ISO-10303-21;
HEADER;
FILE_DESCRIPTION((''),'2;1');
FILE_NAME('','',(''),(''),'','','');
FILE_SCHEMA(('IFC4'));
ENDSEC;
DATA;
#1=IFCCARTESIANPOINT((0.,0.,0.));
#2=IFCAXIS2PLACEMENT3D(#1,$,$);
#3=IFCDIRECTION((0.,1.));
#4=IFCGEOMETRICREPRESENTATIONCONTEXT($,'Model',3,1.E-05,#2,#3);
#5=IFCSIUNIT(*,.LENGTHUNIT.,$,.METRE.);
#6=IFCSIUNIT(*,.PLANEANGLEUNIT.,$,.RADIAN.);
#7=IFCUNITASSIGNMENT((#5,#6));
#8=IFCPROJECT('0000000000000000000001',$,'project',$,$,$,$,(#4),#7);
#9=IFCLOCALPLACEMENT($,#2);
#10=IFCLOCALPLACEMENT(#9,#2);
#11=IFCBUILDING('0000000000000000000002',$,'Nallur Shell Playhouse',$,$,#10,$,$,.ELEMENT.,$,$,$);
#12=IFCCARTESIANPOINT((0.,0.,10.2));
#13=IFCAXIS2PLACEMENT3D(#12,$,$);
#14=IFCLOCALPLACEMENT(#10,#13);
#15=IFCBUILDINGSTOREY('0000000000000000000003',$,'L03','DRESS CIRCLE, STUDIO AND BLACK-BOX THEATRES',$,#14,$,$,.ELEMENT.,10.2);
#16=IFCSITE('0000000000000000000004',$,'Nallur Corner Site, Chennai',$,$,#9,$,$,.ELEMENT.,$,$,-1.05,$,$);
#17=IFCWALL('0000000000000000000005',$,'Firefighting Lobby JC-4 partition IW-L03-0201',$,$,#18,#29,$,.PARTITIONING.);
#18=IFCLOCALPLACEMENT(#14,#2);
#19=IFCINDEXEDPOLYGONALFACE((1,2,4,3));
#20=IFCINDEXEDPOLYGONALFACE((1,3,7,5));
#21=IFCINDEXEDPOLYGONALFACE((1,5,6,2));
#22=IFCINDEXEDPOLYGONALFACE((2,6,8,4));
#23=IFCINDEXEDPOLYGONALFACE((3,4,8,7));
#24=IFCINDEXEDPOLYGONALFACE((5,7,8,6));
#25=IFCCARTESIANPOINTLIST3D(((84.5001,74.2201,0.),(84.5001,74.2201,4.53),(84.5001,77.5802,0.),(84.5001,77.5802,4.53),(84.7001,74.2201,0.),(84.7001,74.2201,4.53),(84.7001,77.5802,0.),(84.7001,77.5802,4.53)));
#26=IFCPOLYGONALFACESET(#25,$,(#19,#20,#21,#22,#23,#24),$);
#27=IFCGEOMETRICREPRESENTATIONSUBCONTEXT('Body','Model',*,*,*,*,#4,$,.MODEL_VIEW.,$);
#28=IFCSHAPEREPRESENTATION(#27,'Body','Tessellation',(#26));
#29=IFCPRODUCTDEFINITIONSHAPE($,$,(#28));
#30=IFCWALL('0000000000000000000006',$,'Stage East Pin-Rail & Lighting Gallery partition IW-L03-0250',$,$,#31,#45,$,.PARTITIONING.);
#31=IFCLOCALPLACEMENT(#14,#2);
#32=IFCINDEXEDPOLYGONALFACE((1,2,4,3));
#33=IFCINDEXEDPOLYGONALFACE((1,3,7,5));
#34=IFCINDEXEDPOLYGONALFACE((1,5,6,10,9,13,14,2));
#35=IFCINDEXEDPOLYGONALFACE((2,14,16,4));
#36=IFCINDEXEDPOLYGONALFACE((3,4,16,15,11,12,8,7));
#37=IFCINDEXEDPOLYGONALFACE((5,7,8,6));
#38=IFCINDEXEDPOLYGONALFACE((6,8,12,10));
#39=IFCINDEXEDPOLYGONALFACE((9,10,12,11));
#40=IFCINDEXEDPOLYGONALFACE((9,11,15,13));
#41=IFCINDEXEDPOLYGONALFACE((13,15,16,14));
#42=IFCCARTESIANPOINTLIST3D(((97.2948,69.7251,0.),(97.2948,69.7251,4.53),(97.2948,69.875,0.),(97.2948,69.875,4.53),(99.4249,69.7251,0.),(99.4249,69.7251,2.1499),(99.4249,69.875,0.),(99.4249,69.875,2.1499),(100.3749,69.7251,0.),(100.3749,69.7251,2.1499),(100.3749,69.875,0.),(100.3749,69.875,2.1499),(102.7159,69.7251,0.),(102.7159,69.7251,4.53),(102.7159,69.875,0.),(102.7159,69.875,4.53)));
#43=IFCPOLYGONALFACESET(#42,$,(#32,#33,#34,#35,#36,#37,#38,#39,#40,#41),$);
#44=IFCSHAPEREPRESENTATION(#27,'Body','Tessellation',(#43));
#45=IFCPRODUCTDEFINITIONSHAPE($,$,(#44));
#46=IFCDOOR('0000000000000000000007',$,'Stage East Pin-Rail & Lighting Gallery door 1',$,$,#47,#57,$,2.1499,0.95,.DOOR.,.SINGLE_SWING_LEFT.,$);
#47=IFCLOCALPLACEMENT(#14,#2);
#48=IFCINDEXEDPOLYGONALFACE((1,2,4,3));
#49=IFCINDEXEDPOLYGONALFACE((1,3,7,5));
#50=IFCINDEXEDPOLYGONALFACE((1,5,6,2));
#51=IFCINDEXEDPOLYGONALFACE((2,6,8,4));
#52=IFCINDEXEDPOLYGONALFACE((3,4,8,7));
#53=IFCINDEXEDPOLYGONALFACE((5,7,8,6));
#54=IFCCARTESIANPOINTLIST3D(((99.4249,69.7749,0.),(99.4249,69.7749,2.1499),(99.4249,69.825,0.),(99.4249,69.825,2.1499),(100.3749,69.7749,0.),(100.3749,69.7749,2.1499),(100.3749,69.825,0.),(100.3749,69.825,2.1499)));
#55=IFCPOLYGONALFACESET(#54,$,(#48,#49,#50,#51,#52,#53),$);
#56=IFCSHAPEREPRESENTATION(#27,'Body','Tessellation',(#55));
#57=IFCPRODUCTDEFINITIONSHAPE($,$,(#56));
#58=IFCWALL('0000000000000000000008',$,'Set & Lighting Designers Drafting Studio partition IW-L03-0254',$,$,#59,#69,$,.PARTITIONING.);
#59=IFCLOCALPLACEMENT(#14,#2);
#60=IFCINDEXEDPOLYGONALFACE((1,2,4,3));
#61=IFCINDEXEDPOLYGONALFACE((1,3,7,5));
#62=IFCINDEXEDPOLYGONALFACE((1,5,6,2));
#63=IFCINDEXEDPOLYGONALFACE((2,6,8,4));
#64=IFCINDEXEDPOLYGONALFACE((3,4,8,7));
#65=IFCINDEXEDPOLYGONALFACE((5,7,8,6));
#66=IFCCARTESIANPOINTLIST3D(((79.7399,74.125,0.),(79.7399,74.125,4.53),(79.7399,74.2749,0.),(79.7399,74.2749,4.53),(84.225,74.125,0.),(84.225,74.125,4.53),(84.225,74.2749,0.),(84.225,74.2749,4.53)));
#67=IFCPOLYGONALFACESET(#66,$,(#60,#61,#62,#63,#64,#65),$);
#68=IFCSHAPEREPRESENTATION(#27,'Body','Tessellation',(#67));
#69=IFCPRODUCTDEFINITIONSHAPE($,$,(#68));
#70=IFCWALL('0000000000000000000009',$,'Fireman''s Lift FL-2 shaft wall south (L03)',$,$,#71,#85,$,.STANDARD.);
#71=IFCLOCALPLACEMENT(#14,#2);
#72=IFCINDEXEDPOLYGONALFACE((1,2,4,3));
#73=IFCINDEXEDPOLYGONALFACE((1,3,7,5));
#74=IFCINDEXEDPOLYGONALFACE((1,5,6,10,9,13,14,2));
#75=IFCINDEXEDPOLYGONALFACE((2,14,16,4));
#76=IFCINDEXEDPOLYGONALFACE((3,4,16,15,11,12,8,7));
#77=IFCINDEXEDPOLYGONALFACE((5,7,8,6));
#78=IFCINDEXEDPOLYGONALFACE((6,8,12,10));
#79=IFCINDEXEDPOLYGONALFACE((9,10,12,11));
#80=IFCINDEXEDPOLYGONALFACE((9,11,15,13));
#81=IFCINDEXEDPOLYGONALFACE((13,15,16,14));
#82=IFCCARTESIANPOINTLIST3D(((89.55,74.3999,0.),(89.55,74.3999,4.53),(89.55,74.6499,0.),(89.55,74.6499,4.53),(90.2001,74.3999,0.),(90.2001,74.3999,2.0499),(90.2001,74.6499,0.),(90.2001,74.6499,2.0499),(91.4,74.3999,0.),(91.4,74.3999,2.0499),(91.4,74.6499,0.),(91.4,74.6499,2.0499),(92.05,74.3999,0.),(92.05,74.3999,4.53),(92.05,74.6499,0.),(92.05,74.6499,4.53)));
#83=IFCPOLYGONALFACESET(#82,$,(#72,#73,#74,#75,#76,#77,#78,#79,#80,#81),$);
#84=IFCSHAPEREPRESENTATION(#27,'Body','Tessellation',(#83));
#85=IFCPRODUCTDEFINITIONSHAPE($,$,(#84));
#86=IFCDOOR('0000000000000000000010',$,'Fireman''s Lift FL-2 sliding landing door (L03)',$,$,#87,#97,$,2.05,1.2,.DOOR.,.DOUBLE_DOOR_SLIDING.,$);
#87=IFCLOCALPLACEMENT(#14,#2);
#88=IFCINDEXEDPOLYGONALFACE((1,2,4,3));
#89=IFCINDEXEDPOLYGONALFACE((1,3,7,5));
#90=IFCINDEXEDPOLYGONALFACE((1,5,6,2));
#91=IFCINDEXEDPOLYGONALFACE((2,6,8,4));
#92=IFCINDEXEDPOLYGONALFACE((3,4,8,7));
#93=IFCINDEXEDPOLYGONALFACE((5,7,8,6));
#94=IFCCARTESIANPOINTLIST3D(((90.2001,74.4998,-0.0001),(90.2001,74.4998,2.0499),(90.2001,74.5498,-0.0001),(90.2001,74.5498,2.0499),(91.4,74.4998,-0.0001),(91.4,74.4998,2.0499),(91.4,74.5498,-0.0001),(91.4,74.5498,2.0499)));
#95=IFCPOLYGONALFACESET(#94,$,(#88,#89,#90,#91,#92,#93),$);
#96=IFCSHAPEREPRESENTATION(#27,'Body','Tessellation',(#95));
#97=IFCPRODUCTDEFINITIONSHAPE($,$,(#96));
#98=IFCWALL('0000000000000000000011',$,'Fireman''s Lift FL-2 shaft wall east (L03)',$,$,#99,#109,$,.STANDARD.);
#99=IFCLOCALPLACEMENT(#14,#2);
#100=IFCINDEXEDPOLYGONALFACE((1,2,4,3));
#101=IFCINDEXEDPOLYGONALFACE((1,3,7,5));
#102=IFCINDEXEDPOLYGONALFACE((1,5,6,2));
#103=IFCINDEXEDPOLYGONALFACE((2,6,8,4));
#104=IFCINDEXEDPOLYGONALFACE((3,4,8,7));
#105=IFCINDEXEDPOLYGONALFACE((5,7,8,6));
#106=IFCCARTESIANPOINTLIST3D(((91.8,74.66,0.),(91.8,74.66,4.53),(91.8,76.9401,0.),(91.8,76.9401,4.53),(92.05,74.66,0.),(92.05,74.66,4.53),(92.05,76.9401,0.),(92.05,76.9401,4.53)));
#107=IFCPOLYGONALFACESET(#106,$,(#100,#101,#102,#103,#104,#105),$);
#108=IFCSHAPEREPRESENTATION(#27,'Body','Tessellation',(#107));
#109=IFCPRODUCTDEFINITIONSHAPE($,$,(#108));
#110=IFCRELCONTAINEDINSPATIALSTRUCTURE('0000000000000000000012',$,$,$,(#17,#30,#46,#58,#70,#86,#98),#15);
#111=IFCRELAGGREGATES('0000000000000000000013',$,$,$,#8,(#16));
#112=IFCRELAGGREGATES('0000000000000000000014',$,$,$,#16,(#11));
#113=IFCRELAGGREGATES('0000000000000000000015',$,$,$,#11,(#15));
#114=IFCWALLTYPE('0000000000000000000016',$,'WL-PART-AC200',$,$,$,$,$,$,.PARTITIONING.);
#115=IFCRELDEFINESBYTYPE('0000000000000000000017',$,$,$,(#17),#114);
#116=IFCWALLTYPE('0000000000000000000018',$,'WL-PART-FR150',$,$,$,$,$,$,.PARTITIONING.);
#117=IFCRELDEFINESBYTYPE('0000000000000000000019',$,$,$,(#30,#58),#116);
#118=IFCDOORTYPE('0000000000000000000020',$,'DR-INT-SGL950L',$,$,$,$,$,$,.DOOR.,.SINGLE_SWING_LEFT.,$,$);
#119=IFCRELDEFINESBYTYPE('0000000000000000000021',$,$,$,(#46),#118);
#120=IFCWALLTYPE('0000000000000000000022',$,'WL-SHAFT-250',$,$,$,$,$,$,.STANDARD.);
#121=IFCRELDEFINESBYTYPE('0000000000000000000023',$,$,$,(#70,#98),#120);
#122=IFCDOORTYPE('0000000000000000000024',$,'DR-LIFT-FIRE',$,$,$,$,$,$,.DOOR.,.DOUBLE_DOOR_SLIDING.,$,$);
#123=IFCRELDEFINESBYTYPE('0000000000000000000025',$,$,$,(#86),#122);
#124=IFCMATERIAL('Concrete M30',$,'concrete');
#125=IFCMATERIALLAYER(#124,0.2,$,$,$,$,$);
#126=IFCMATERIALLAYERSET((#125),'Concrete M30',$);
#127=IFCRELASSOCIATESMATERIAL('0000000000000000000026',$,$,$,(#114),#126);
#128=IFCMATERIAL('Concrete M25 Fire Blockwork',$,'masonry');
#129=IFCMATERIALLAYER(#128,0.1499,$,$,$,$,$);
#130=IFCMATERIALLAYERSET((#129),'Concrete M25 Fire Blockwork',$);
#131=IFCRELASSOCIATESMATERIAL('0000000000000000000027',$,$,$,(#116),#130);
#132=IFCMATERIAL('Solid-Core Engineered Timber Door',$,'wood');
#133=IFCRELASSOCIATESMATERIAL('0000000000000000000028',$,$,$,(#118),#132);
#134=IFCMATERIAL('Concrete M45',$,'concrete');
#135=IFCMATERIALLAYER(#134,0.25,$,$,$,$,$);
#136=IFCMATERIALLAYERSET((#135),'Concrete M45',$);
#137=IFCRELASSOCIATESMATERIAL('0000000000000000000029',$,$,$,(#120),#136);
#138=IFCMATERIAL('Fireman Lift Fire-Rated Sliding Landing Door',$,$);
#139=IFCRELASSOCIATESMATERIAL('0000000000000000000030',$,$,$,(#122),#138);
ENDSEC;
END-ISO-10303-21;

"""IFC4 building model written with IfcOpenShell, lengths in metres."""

from ifc_helpers import new_model, si_unit, direction, frame, frame_2d, origin, place, context, subcontext, project, spatial, rectangle, extrude, material, layer, layer_set, type_object, element, fill, save


model = new_model("IFC4")

# Units and contexts
model_context = context("Model", 3, precision=1e-05, world=origin(), true_north=direction((0.0, 1.0)))
body_context = subcontext(model_context, "Body", "Model", "MODEL_VIEW")
ifc_project = project(units=[si_unit("LENGTHUNIT", "METRE"), si_unit("PLANEANGLEUNIT", "RADIAN")], contexts=[model_context])

# Site, building, storey
site_placement = place(None, origin())
site = spatial("IfcSite", under=ifc_project, at=site_placement, Name="Nallur Corner Site, Chennai", CompositionType="ELEMENT", RefElevation=-1.05)
building_placement = place(site_placement, origin())
building = spatial("IfcBuilding", under=site, at=building_placement, Name="Nallur Shell Playhouse", CompositionType="ELEMENT")
storey_placement = place(building_placement, frame((0.0, 0.0, 10.2)))
storey = spatial("IfcBuildingStorey", under=building, at=storey_placement, Name="L03", Description="DRESS CIRCLE, STUDIO AND BLACK-BOX THEATRES", CompositionType="ELEMENT", Elevation=10.2)

# Shared definitions
ifc_material_1 = material(Name="Concrete M30", Category="concrete")

# Shared definitions
ifc_material_2 = material(Name="Concrete M45", Category="concrete")

# Wall
ifc_layer_1 = layer(ifc_material_1, 0.2)
ifc_layer_set_1 = layer_set([ifc_layer_1], Name="Concrete M30")
wall_type_1 = type_object("IfcWallType", Name="WL-PART-AC200", PredefinedType="PARTITIONING", material=ifc_layer_set_1)
wall_1_placement = place(storey_placement, frame((84.6001, 74.22, 0.0), z_axis=(0.0, 0.0, 1.0), x_axis=(0.0, 1.0, 0.0)))
element("IfcWall", 1, at=wall_1_placement, inside=storey, type_object=wall_type_1, Name="Firefighting Lobby JC-4 partition IW-L03-0201", PredefinedType="PARTITIONING", context=body_context, shape_type="SweptSolid", body=[
    extrude(rectangle(XDim=3.3601, YDim=0.2, at=frame_2d((1.6802, 0.0))), origin(), (0.0, 0.0, 1.0), 4.53),
])

# Wall, opening, door
ifc_material_3 = material(Name="Concrete M25 Fire Blockwork", Category="masonry")
ifc_layer_2 = layer(ifc_material_3, 0.1499)
ifc_layer_set_2 = layer_set([ifc_layer_2], Name="Concrete M25 Fire Blockwork")
wall_type_2 = type_object("IfcWallType", Name="WL-PART-FR150", PredefinedType="PARTITIONING", material=ifc_layer_set_2)
wall_2_placement = place(storey_placement, frame((97.2949, 69.8, 0.0), z_axis=(0.0, 0.0, 1.0), x_axis=(1.0, 0.0, 0.0)))
wall_2 = element("IfcWall", 2, at=wall_2_placement, inside=storey, type_object=wall_type_2, Name="Stage East Pin-Rail & Lighting Gallery partition IW-L03-0250", PredefinedType="PARTITIONING", context=body_context, shape_type="SweptSolid", body=[
    extrude(rectangle(XDim=5.4211, YDim=0.1499, at=frame_2d((2.7104, 0.0))), origin(), (0.0, 0.0, 1.0), 4.53),
])
opening_1_placement = place(wall_2_placement, frame((2.1299, 0.0, 0.0)))
opening_1 = element("IfcOpeningElement", 3, at=opening_1_placement, cuts=wall_2, PredefinedType="OPENING", context=body_context, shape_type="SweptSolid", body=[
    extrude(rectangle(XDim=0.95, YDim=2.1499, at=frame_2d((0.4751, 1.075))), frame((0.0, 0.085, 0.0), z_axis=(0.0, -1.0, 0.0), x_axis=(1.0, 0.0, 0.0)), (0.0, 0.0, 1.0), 0.1699),
])
ifc_material_4 = material(Name="Solid-Core Engineered Timber Door", Category="wood")
door_type_1 = type_object("IfcDoorType", Name="DR-INT-SGL950L", OperationType="SINGLE_SWING_LEFT", PredefinedType="DOOR", material=ifc_material_4)
door_1_placement = place(opening_1_placement, origin())
door_1 = element("IfcDoor", 4, at=door_1_placement, inside=storey, type_object=door_type_1, Name="Stage East Pin-Rail & Lighting Gallery door 1", OperationType="SINGLE_SWING_LEFT", OverallHeight=2.1499, OverallWidth=0.95, PredefinedType="DOOR", context=body_context, shape_type="SweptSolid", body=[
    extrude(rectangle(XDim=0.95, YDim=2.1499, at=frame_2d((0.4751, 1.075))), frame((0.0, 0.0249, 0.0), z_axis=(0.0, -1.0, 0.0), x_axis=(1.0, 0.0, 0.0)), (0.0, 0.0, 1.0), 0.05),
])
fill(opening_1, door_1)

# Wall
wall_3_placement = place(storey_placement, frame((84.2251, 74.2, 0.0), z_axis=(0.0, 0.0, 1.0), x_axis=(-1.0, 0.0, 0.0)))
element("IfcWall", 5, at=wall_3_placement, inside=storey, type_object=wall_type_2, Name="Set & Lighting Designers Drafting Studio partition IW-L03-0254", PredefinedType="PARTITIONING", context=body_context, shape_type="SweptSolid", body=[
    extrude(rectangle(XDim=4.4851, YDim=0.1499, at=frame_2d((2.2427, 0.0))), origin(), (0.0, 0.0, 1.0), 4.53),
])

# Wall, opening, door
ifc_layer_3 = layer(ifc_material_2, 0.25)
ifc_layer_set_3 = layer_set([ifc_layer_3], Name="Concrete M45")
wall_type_3 = type_object("IfcWallType", Name="WL-SHAFT-250", PredefinedType="STANDARD", material=ifc_layer_set_3)
wall_4_placement = place(storey_placement, frame((89.55, 74.5249, 0.0), z_axis=(0.0, 0.0, 1.0), x_axis=(1.0, 0.0, 0.0)))
wall_4 = element("IfcWall", 6, at=wall_4_placement, inside=storey, type_object=wall_type_3, Name="Fireman's Lift FL-2 shaft wall south (L03)", PredefinedType="STANDARD", context=body_context, shape_type="SweptSolid", body=[
    extrude(rectangle(XDim=2.5, YDim=0.25, at=frame_2d((1.25, 0.0))), origin(), (0.0, 0.0, 1.0), 4.53),
])
opening_2_placement = place(wall_4_placement, frame((0.6499, 0.0, 0.0)))
opening_2 = element("IfcOpeningElement", 7, at=opening_2_placement, cuts=wall_4, PredefinedType="OPENING", context=body_context, shape_type="SweptSolid", body=[
    extrude(rectangle(XDim=1.2, YDim=2.05, at=frame_2d((0.6001, 1.0249))), frame((0.0, 0.135, 0.0), z_axis=(0.0, -1.0, 0.0), x_axis=(1.0, 0.0, 0.0)), (0.0, 0.0, 1.0), 0.27),
])
ifc_material_5 = material(Name="Fireman Lift Fire-Rated Sliding Landing Door")
door_type_2 = type_object("IfcDoorType", Name="DR-LIFT-FIRE", OperationType="DOUBLE_DOOR_SLIDING", PredefinedType="DOOR", material=ifc_material_5)
door_2_placement = place(opening_2_placement, origin())
door_2 = element("IfcDoor", 8, at=door_2_placement, inside=storey, type_object=door_type_2, Name="Fireman's Lift FL-2 sliding landing door (L03)", OperationType="DOUBLE_DOOR_SLIDING", OverallHeight=2.05, OverallWidth=1.2, PredefinedType="DOOR", context=body_context, shape_type="SweptSolid", body=[
    extrude(rectangle(XDim=1.2, YDim=2.05, at=frame_2d((0.6001, 1.0249))), frame((0.0, 0.0249, 0.0), z_axis=(0.0, -1.0, 0.0), x_axis=(1.0, 0.0, 0.0)), (0.0, 0.0, 1.0), 0.05),
])
fill(opening_2, door_2)

# Wall
wall_5_placement = place(storey_placement, frame((91.925, 74.6599, 0.0), z_axis=(0.0, 0.0, 1.0), x_axis=(0.0, 1.0, 0.0)))
element("IfcWall", 9, at=wall_5_placement, inside=storey, type_object=wall_type_3, Name="Fireman's Lift FL-2 shaft wall east (L03)", PredefinedType="STANDARD", context=body_context, shape_type="SweptSolid", body=[
    extrude(rectangle(XDim=2.28, YDim=0.25, at=frame_2d((1.1401, 0.0))), origin(), (0.0, 0.0, 1.0), 4.53),
])

save(model, "model.ifc")
